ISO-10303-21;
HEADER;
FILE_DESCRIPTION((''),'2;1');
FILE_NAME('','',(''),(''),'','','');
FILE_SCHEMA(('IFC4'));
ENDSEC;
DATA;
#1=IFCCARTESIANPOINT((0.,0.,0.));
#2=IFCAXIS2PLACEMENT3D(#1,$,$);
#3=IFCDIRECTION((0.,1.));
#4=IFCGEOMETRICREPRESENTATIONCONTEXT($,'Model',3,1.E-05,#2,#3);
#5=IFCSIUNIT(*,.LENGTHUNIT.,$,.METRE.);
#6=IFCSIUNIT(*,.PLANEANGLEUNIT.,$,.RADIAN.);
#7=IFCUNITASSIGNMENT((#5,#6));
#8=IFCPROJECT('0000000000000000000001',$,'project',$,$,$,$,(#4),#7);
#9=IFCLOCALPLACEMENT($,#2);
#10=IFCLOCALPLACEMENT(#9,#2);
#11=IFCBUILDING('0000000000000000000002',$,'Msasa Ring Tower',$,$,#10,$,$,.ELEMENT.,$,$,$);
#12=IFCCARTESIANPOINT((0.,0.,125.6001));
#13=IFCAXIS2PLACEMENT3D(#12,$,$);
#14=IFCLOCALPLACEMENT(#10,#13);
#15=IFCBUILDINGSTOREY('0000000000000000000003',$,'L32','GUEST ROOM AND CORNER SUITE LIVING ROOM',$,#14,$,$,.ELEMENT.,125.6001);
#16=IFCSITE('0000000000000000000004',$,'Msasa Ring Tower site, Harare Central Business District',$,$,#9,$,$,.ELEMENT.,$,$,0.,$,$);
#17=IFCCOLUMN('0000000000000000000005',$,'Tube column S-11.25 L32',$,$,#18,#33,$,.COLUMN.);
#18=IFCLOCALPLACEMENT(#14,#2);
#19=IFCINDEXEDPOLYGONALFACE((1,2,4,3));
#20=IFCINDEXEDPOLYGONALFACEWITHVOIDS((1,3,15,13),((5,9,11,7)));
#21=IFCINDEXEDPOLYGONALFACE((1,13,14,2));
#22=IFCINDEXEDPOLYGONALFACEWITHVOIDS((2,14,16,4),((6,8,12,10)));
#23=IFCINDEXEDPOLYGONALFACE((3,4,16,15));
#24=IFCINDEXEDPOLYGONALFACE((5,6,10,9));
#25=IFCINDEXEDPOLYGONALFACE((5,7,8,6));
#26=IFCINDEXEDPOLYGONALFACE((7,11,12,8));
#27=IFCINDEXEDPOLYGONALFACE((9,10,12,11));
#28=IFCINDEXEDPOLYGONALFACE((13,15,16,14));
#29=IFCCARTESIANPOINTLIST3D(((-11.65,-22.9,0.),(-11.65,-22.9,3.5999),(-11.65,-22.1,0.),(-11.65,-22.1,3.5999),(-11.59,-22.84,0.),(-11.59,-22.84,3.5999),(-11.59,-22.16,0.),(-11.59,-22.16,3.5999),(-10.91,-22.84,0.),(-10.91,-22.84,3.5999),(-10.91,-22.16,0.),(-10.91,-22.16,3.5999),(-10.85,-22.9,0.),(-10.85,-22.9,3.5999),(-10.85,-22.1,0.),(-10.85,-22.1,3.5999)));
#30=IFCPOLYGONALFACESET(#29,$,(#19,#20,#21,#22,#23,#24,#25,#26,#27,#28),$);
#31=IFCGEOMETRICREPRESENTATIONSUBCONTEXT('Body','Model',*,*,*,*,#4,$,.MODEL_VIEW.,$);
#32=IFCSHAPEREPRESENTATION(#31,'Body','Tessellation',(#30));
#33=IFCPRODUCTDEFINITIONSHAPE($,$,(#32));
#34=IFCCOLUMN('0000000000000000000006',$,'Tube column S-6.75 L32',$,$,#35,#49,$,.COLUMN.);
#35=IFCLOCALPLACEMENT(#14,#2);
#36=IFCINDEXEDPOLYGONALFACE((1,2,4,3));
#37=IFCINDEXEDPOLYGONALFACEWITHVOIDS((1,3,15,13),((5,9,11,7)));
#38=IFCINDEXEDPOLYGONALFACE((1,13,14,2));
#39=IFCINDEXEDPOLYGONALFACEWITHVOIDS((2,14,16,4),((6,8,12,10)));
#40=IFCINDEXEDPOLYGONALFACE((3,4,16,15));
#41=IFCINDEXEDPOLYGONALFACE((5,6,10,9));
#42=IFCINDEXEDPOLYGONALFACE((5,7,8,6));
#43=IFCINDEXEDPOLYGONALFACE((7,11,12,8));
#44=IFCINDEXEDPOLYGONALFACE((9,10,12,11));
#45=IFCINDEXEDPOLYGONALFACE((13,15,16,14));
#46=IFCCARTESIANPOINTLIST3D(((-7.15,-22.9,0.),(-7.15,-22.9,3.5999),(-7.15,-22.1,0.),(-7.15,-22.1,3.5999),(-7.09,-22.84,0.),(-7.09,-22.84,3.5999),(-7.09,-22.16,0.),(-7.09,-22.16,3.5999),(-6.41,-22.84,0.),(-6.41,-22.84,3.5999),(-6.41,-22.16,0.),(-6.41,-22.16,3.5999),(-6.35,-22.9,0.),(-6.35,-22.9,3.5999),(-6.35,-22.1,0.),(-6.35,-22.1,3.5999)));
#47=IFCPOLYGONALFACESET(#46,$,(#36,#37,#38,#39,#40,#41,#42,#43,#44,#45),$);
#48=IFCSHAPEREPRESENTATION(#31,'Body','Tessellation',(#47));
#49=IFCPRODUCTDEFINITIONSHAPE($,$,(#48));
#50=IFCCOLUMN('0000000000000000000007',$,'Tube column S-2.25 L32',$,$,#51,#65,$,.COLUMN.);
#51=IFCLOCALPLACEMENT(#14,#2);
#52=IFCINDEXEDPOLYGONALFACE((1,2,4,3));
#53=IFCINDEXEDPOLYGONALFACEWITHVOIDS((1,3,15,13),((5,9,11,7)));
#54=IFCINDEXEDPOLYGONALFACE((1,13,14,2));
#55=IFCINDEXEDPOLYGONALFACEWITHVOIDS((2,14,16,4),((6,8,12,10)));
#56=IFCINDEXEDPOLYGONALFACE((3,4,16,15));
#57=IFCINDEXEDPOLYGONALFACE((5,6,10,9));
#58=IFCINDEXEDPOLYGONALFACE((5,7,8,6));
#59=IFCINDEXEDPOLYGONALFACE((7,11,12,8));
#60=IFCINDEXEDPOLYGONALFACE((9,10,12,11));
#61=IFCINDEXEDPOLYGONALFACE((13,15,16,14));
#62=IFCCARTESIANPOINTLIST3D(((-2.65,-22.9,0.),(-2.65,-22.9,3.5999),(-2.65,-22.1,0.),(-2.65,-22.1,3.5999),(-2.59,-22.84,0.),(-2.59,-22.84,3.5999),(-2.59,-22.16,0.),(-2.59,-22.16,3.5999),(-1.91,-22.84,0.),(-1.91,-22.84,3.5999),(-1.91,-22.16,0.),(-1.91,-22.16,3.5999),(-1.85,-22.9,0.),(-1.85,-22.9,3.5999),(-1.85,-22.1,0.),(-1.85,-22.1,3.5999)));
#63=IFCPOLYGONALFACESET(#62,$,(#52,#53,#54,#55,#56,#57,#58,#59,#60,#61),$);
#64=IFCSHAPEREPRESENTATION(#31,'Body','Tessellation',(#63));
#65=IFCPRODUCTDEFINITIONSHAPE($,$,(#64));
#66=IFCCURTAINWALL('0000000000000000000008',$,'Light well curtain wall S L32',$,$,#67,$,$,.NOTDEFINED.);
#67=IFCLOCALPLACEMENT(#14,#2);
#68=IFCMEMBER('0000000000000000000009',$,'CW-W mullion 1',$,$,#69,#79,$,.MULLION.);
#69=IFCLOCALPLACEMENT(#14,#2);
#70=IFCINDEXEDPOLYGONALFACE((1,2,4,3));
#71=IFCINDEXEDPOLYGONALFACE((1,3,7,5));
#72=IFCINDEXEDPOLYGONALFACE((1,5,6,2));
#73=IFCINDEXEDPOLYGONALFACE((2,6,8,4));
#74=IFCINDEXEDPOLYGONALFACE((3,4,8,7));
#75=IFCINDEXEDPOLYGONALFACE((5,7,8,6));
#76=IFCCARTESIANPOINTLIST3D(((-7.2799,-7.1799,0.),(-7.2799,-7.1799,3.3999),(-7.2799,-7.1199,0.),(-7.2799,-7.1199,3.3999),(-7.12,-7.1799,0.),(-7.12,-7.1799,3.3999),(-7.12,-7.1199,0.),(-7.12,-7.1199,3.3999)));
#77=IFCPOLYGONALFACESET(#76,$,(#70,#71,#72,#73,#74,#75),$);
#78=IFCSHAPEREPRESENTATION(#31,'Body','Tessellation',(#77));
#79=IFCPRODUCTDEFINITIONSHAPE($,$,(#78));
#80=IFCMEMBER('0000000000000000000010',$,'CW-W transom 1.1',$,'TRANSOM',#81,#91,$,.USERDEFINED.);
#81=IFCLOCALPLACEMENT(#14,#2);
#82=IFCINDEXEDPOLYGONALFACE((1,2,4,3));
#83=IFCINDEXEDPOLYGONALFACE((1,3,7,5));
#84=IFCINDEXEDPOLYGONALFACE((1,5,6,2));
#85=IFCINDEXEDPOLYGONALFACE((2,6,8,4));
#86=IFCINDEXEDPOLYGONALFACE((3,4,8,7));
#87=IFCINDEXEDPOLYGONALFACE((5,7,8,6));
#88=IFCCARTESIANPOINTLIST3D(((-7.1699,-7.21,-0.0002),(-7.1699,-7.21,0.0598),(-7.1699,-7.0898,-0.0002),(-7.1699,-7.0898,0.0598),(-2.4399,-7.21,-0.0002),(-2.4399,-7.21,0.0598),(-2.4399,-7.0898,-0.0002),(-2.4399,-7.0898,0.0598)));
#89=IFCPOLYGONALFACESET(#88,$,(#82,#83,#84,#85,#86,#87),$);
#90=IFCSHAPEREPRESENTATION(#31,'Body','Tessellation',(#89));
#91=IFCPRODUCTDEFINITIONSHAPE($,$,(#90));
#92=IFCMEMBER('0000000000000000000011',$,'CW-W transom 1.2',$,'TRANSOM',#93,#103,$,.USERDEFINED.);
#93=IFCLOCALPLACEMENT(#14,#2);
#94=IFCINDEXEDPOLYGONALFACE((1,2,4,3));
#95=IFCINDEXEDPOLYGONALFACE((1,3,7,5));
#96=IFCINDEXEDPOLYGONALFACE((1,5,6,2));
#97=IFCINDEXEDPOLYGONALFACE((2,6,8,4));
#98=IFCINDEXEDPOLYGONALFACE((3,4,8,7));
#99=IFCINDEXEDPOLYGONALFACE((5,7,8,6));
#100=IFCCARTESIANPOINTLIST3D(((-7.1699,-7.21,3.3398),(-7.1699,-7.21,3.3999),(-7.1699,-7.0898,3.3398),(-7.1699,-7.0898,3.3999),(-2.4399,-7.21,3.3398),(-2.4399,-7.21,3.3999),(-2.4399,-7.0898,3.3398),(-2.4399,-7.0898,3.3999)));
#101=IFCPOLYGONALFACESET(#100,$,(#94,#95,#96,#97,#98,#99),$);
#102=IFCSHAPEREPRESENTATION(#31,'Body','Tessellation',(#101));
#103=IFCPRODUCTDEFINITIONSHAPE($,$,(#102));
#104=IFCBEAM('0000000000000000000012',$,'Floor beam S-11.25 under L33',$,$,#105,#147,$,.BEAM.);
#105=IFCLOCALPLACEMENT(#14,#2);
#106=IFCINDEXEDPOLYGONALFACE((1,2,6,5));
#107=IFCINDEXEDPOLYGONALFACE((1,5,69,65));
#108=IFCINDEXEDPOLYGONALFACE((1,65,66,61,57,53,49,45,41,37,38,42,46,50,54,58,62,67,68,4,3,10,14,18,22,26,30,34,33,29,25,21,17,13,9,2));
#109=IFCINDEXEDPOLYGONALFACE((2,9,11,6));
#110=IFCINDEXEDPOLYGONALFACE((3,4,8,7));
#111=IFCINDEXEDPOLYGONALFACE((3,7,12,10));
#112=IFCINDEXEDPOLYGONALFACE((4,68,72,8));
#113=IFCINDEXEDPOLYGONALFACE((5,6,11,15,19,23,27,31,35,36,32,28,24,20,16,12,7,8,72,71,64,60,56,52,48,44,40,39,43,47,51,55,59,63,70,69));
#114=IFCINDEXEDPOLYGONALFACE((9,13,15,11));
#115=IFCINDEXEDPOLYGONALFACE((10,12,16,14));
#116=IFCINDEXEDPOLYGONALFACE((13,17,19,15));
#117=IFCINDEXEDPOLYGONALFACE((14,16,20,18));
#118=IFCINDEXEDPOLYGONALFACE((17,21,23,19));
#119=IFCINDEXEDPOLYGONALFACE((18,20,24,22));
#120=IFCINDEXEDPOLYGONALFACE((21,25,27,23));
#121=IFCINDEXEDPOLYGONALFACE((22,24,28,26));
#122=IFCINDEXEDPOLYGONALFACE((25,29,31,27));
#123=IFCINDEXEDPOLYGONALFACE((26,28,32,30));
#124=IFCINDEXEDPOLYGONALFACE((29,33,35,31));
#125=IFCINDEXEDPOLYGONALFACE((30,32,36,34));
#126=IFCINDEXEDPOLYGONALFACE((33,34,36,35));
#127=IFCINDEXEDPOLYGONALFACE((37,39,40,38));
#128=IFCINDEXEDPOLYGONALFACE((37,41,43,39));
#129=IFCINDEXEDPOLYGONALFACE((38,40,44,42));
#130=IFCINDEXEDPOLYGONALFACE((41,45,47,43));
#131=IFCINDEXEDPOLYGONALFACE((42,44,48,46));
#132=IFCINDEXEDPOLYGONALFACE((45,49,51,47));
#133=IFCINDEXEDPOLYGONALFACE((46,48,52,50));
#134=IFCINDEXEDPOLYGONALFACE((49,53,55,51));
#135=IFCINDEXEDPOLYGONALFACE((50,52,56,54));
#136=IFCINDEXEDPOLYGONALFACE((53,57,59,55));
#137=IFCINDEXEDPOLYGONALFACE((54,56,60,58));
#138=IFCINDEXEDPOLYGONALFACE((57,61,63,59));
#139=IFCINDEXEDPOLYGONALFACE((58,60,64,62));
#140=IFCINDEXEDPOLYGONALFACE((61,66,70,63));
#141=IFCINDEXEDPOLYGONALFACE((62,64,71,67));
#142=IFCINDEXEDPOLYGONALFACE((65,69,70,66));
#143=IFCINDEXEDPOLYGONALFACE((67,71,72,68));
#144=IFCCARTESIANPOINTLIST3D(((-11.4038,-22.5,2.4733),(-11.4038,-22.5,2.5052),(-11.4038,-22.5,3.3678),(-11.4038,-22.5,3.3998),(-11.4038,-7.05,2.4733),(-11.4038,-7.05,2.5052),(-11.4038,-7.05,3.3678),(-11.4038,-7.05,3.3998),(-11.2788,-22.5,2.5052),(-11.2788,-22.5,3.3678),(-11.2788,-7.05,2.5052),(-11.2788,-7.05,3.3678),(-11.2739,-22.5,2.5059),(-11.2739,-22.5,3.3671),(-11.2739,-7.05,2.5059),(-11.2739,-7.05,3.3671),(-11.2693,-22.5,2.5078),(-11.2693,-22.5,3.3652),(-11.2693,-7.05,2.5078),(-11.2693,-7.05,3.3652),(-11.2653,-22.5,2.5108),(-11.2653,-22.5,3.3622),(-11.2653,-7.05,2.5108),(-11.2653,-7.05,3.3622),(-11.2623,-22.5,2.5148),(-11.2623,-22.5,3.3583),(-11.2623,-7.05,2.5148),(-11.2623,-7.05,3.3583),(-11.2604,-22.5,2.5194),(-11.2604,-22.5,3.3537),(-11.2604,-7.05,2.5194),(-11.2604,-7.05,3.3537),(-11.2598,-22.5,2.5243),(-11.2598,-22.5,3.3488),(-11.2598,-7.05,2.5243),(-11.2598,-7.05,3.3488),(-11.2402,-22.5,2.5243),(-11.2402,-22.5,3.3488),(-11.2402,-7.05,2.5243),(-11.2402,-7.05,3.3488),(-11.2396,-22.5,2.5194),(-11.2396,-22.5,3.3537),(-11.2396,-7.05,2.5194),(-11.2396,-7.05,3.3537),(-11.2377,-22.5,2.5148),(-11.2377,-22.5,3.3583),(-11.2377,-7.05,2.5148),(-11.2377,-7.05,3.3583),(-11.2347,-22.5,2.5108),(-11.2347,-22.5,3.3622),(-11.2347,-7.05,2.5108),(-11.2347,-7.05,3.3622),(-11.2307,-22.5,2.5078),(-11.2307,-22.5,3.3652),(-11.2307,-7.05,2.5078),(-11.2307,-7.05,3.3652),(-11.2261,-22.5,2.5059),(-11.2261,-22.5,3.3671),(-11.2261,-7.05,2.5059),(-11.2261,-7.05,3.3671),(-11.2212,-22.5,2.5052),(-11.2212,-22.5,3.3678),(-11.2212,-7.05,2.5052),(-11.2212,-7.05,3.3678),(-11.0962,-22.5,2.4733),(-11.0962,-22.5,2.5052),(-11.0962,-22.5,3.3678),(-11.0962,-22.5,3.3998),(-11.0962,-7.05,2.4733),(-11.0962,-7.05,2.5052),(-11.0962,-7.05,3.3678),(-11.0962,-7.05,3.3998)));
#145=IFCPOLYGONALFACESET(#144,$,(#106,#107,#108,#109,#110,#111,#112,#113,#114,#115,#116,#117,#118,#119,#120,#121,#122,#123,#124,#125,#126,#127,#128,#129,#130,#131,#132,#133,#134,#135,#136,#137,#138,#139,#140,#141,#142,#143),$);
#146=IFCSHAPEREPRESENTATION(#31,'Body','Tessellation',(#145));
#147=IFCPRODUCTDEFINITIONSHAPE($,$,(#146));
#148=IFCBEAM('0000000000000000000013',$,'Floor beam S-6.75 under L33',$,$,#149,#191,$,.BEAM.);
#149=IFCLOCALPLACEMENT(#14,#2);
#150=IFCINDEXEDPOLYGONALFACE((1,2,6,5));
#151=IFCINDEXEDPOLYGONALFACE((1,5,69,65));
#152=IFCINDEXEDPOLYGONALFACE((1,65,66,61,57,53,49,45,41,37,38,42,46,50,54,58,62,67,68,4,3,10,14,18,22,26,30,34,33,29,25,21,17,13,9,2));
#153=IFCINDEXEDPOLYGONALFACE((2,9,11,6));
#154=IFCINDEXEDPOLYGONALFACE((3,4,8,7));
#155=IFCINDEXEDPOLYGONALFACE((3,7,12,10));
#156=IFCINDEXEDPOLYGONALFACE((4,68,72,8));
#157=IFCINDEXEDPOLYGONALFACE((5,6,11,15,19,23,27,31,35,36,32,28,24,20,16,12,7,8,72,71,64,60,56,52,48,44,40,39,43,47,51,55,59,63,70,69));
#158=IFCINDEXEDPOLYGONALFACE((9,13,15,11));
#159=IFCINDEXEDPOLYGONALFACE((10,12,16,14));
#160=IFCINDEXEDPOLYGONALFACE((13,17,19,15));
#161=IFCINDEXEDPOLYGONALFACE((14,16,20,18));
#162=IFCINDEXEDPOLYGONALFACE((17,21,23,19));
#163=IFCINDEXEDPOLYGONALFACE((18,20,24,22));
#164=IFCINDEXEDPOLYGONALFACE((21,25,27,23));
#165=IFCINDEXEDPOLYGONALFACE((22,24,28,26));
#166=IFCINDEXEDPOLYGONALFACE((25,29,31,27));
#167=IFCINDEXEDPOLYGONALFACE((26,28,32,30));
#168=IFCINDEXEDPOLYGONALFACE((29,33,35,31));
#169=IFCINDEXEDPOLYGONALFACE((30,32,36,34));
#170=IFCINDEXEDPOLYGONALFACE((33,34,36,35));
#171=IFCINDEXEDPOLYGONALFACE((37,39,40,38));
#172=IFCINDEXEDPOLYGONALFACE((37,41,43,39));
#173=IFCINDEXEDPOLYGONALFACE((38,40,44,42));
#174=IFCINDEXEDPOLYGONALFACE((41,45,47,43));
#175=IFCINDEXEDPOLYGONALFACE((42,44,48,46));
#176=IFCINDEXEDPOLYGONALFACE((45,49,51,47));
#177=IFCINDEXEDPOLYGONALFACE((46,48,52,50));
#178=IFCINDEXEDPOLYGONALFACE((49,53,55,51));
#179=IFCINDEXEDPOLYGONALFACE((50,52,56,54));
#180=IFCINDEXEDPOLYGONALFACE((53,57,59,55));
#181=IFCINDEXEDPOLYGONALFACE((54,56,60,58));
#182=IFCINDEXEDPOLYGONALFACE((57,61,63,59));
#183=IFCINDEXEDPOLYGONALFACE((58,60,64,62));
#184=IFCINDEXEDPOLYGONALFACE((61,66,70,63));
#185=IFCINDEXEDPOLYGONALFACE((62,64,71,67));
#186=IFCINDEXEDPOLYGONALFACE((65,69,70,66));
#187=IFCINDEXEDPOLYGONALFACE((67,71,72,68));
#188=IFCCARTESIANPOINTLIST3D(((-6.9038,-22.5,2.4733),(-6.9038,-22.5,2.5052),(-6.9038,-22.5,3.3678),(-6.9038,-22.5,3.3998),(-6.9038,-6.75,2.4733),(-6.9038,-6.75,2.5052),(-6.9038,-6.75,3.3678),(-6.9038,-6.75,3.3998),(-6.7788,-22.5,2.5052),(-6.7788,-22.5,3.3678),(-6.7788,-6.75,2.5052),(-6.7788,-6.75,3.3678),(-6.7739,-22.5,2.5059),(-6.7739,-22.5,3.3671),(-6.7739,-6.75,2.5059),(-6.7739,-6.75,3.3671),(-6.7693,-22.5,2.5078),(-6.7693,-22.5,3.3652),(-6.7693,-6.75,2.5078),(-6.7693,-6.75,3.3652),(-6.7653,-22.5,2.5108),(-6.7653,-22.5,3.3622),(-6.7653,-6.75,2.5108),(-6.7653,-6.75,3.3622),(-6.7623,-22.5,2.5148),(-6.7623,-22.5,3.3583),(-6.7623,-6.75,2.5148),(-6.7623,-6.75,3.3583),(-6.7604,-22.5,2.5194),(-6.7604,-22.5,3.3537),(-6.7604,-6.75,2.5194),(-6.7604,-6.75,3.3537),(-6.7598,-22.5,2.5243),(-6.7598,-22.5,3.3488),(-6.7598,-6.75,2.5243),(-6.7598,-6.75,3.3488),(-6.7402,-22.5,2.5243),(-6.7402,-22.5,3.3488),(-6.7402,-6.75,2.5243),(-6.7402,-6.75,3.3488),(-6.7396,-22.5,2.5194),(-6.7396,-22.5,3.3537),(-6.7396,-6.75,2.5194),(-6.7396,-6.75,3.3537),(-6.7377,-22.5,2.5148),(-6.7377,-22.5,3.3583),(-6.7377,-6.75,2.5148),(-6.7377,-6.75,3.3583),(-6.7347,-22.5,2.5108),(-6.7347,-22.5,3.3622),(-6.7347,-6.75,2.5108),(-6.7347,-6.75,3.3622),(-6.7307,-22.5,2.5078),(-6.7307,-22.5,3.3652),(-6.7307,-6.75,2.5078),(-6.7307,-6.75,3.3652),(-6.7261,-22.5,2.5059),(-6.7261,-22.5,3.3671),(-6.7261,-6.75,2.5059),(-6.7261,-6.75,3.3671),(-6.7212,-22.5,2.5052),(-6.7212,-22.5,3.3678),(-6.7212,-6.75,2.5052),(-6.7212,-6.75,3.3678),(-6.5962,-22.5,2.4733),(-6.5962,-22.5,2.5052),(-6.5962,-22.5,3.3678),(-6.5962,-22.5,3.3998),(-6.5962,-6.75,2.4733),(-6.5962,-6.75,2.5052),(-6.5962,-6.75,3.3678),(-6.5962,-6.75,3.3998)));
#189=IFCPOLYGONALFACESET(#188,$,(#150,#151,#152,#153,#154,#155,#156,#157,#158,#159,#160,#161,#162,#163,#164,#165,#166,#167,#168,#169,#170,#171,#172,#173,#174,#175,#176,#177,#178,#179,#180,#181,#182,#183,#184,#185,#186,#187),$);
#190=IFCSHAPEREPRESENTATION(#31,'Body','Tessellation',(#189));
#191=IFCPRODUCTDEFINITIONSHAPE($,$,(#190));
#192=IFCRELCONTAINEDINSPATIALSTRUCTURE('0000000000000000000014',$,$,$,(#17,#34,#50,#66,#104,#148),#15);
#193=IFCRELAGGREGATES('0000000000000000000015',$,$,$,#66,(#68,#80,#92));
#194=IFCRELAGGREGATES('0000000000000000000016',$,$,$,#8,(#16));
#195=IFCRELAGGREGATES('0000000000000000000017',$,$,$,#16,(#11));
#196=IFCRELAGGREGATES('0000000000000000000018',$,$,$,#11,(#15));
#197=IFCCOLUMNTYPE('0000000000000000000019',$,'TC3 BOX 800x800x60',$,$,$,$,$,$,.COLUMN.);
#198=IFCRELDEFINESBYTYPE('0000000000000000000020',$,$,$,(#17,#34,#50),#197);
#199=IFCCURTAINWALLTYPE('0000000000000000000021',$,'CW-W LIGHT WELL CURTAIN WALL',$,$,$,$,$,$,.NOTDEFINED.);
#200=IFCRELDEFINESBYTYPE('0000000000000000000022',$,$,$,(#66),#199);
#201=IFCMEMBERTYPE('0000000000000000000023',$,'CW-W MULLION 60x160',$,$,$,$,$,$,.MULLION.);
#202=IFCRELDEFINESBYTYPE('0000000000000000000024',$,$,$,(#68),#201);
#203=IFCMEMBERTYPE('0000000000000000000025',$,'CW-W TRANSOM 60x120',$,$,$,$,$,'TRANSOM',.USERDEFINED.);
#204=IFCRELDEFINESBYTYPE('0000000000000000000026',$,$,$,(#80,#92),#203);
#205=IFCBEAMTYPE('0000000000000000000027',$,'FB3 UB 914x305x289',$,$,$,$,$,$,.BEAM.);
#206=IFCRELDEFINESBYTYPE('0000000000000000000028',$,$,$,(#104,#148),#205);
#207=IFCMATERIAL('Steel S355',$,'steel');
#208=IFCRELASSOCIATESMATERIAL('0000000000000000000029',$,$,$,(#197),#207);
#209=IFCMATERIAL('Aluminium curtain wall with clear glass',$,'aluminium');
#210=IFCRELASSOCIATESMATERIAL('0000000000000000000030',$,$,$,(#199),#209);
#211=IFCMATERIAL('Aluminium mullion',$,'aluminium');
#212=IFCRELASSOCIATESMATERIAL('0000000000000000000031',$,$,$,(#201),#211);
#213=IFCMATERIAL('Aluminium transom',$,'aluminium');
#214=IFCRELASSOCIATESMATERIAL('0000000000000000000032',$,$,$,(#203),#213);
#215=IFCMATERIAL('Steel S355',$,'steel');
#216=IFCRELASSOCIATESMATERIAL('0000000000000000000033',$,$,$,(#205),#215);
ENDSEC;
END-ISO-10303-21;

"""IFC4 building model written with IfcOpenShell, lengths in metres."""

from ifc_helpers import new_model, si_unit, direction, frame, origin, origin_2d, place, context, subcontext, project, spatial, rectangle, hollow_rectangle, i_section, extrude, material, material_profile, profile_set, type_object, element, aggregate, save


model = new_model("IFC4")

# Units and contexts
model_context = context("Model", 3, precision=1e-05, world=origin(), true_north=direction((0.0, 1.0)))
body_context = subcontext(model_context, "Body", "Model", "MODEL_VIEW")
ifc_project = project(units=[si_unit("LENGTHUNIT", "METRE"), si_unit("PLANEANGLEUNIT", "RADIAN")], contexts=[model_context])

# Site, building, storey
site_placement = place(None, origin())
site = spatial("IfcSite", under=ifc_project, at=site_placement, Name="Msasa Ring Tower site, Harare Central Business District", CompositionType="ELEMENT", RefElevation=0.0)
building_placement = place(site_placement, origin())
building = spatial("IfcBuilding", under=site, at=building_placement, Name="Msasa Ring Tower", CompositionType="ELEMENT")
storey_placement = place(building_placement, frame((0.0, 0.0, 125.6001)))
storey = spatial("IfcBuildingStorey", under=building, at=storey_placement, Name="L32", Description="GUEST ROOM AND CORNER SUITE LIVING ROOM", CompositionType="ELEMENT", Elevation=125.6001)

# Columns
ifc_material_1 = material(Name="Steel S355", Category="steel")
ifc_material_profile_1 = material_profile(ifc_material_1, hollow_rectangle(XDim=0.8, YDim=0.8, WallThickness=0.0601, at=origin_2d()), Name="BOX 800x800x60")
ifc_profile_set_1 = profile_set([ifc_material_profile_1], Name="Steel S355")
column_type = type_object("IfcColumnType", Name="TC3 BOX 800x800x60", PredefinedType="COLUMN", material=ifc_profile_set_1)
for number, where, z_axis, x_axis, name in (
    (1, (-11.25, -22.5, 0.0), (0.0, 0.0, 1.0), (0.0, 1.0, 0.0), "Tube column S-11.25 L32"),
    (2, (-6.75, -22.5, 0.0), (0.0, 0.0, 1.0), (0.0, 1.0, 0.0), "Tube column S-6.75 L32"),
    (3, (-2.25, -22.5, 0.0), (0.0, 0.0, 1.0), (0.0, 1.0, 0.0), "Tube column S-2.25 L32"),
):
    element("IfcColumn", number, at=place(storey_placement, frame(where, z_axis=z_axis, x_axis=x_axis)), inside=storey, type_object=column_type, Name=name, PredefinedType="COLUMN", context=body_context, shape_type="SweptSolid", body=[
        extrude(hollow_rectangle(XDim=0.8, YDim=0.8, WallThickness=0.0601, at=origin_2d()), origin(), (0.0, 0.0, 1.0), 3.5999),
    ])

# Curtain wall, members
ifc_material_2 = material(Name="Aluminium curtain wall with clear glass", Category="aluminium")
curtain_wall_type = type_object("IfcCurtainWallType", Name="CW-W LIGHT WELL CURTAIN WALL", PredefinedType="NOTDEFINED", material=ifc_material_2)
curtain_wall_placement = place(storey_placement, origin())
curtain_wall = element("IfcCurtainWall", 4, at=curtain_wall_placement, inside=storey, type_object=curtain_wall_type, Name="Light well curtain wall S L32", PredefinedType="NOTDEFINED")
ifc_material_3 = material(Name="Aluminium mullion", Category="aluminium")
ifc_material_profile_2 = material_profile(ifc_material_3, rectangle(XDim=0.0601, YDim=0.1599, at=origin_2d()), Name="AL 60x160")
ifc_profile_set_2 = profile_set([ifc_material_profile_2], Name="Aluminium mullion")
member_type_1 = type_object("IfcMemberType", Name="CW-W MULLION 60x160", PredefinedType="MULLION", material=ifc_profile_set_2)
member_1_placement = place(storey_placement, frame((-7.2, -7.1499, 0.0), z_axis=(0.0, 0.0, 1.0), x_axis=(0.0, 1.0, 0.0)))
member_1 = element("IfcMember", 5, at=member_1_placement, type_object=member_type_1, Name="CW-W mullion 1", PredefinedType="MULLION", context=body_context, shape_type="SweptSolid", body=[
    extrude(rectangle(XDim=0.0601, YDim=0.1599, at=origin_2d()), origin(), (0.0, 0.0, 1.0), 3.3999),
])
ifc_material_4 = material(Name="Aluminium transom", Category="aluminium")
ifc_material_profile_3 = material_profile(ifc_material_4, rectangle(XDim=0.1201, YDim=0.0601, at=origin_2d()), Name="AL 60x120")
ifc_profile_set_3 = profile_set([ifc_material_profile_3], Name="Aluminium transom")
member_type_2 = type_object("IfcMemberType", Name="CW-W TRANSOM 60x120", ElementType="TRANSOM", PredefinedType="USERDEFINED", material=ifc_profile_set_3)
member_2_placement = place(storey_placement, frame((-7.1699, -7.1499, 0.0298), z_axis=(1.0, 0.0, 0.0), x_axis=(0.0, 1.0, 0.0)))
member_2 = element("IfcMember", 6, at=member_2_placement, type_object=member_type_2, Name="CW-W transom 1.1", ObjectType="TRANSOM", PredefinedType="USERDEFINED", context=body_context, shape_type="SweptSolid", body=[
    extrude(rectangle(XDim=0.1201, YDim=0.0601, at=origin_2d()), origin(), (0.0, 0.0, 1.0), 4.73),
])
member_3_placement = place(storey_placement, frame((-7.1699, -7.1499, 3.3699), z_axis=(1.0, 0.0, 0.0), x_axis=(0.0, 1.0, 0.0)))
member_3 = element("IfcMember", 7, at=member_3_placement, type_object=member_type_2, Name="CW-W transom 1.2", ObjectType="TRANSOM", PredefinedType="USERDEFINED", context=body_context, shape_type="SweptSolid", body=[
    extrude(rectangle(XDim=0.1201, YDim=0.0601, at=origin_2d()), origin(), (0.0, 0.0, 1.0), 4.73),
])

# Beams
ifc_material_5 = material(Name="Steel S355", Category="steel")
ifc_material_profile_4 = material_profile(ifc_material_5, i_section(OverallWidth=0.3076, OverallDepth=0.9265, WebThickness=0.0195, FlangeThickness=0.032, FilletRadius=0.019, at=origin_2d()), Name="UB 914x305x289")
ifc_profile_set_4 = profile_set([ifc_material_profile_4], Name="Steel S355")
beam_type_1 = type_object("IfcBeamType", Name="FB3 UB 914x305x289", PredefinedType="BEAM", material=ifc_profile_set_4)
beam_placement = place(storey_placement, frame((-11.25, -22.5, 2.9365), z_axis=(0.0, 1.0, 0.0), x_axis=(-1.0, 0.0, 0.0)))
element("IfcBeam", 8, at=beam_placement, inside=storey, type_object=beam_type_1, Name="Floor beam S-11.25 under L33", PredefinedType="BEAM", context=body_context, shape_type="SweptSolid", body=[
    extrude(i_section(OverallWidth=0.3076, OverallDepth=0.9265, WebThickness=0.0195, FlangeThickness=0.032, FilletRadius=0.019, at=origin_2d()), origin(), (0.0, 0.0, 1.0), 15.45),
])
for number, where, z_axis, x_axis, name in (
    (9, (-6.75, -22.5, 2.9365), (0.0, 1.0, 0.0), (-1.0, 0.0, 0.0), "Floor beam S-6.75 under L33"),
):
    element("IfcBeam", number, at=place(storey_placement, frame(where, z_axis=z_axis, x_axis=x_axis)), inside=storey, type_object=beam_type_1, Name=name, PredefinedType="BEAM", context=body_context, shape_type="SweptSolid", body=[
        extrude(i_section(OverallWidth=0.3076, OverallDepth=0.9265, WebThickness=0.0195, FlangeThickness=0.032, FilletRadius=0.019, at=origin_2d()), origin(), (0.0, 0.0, 1.0), 15.75),
    ])

aggregate(curtain_wall, [member_1, member_2, member_3])

save(model, "model.ifc")
